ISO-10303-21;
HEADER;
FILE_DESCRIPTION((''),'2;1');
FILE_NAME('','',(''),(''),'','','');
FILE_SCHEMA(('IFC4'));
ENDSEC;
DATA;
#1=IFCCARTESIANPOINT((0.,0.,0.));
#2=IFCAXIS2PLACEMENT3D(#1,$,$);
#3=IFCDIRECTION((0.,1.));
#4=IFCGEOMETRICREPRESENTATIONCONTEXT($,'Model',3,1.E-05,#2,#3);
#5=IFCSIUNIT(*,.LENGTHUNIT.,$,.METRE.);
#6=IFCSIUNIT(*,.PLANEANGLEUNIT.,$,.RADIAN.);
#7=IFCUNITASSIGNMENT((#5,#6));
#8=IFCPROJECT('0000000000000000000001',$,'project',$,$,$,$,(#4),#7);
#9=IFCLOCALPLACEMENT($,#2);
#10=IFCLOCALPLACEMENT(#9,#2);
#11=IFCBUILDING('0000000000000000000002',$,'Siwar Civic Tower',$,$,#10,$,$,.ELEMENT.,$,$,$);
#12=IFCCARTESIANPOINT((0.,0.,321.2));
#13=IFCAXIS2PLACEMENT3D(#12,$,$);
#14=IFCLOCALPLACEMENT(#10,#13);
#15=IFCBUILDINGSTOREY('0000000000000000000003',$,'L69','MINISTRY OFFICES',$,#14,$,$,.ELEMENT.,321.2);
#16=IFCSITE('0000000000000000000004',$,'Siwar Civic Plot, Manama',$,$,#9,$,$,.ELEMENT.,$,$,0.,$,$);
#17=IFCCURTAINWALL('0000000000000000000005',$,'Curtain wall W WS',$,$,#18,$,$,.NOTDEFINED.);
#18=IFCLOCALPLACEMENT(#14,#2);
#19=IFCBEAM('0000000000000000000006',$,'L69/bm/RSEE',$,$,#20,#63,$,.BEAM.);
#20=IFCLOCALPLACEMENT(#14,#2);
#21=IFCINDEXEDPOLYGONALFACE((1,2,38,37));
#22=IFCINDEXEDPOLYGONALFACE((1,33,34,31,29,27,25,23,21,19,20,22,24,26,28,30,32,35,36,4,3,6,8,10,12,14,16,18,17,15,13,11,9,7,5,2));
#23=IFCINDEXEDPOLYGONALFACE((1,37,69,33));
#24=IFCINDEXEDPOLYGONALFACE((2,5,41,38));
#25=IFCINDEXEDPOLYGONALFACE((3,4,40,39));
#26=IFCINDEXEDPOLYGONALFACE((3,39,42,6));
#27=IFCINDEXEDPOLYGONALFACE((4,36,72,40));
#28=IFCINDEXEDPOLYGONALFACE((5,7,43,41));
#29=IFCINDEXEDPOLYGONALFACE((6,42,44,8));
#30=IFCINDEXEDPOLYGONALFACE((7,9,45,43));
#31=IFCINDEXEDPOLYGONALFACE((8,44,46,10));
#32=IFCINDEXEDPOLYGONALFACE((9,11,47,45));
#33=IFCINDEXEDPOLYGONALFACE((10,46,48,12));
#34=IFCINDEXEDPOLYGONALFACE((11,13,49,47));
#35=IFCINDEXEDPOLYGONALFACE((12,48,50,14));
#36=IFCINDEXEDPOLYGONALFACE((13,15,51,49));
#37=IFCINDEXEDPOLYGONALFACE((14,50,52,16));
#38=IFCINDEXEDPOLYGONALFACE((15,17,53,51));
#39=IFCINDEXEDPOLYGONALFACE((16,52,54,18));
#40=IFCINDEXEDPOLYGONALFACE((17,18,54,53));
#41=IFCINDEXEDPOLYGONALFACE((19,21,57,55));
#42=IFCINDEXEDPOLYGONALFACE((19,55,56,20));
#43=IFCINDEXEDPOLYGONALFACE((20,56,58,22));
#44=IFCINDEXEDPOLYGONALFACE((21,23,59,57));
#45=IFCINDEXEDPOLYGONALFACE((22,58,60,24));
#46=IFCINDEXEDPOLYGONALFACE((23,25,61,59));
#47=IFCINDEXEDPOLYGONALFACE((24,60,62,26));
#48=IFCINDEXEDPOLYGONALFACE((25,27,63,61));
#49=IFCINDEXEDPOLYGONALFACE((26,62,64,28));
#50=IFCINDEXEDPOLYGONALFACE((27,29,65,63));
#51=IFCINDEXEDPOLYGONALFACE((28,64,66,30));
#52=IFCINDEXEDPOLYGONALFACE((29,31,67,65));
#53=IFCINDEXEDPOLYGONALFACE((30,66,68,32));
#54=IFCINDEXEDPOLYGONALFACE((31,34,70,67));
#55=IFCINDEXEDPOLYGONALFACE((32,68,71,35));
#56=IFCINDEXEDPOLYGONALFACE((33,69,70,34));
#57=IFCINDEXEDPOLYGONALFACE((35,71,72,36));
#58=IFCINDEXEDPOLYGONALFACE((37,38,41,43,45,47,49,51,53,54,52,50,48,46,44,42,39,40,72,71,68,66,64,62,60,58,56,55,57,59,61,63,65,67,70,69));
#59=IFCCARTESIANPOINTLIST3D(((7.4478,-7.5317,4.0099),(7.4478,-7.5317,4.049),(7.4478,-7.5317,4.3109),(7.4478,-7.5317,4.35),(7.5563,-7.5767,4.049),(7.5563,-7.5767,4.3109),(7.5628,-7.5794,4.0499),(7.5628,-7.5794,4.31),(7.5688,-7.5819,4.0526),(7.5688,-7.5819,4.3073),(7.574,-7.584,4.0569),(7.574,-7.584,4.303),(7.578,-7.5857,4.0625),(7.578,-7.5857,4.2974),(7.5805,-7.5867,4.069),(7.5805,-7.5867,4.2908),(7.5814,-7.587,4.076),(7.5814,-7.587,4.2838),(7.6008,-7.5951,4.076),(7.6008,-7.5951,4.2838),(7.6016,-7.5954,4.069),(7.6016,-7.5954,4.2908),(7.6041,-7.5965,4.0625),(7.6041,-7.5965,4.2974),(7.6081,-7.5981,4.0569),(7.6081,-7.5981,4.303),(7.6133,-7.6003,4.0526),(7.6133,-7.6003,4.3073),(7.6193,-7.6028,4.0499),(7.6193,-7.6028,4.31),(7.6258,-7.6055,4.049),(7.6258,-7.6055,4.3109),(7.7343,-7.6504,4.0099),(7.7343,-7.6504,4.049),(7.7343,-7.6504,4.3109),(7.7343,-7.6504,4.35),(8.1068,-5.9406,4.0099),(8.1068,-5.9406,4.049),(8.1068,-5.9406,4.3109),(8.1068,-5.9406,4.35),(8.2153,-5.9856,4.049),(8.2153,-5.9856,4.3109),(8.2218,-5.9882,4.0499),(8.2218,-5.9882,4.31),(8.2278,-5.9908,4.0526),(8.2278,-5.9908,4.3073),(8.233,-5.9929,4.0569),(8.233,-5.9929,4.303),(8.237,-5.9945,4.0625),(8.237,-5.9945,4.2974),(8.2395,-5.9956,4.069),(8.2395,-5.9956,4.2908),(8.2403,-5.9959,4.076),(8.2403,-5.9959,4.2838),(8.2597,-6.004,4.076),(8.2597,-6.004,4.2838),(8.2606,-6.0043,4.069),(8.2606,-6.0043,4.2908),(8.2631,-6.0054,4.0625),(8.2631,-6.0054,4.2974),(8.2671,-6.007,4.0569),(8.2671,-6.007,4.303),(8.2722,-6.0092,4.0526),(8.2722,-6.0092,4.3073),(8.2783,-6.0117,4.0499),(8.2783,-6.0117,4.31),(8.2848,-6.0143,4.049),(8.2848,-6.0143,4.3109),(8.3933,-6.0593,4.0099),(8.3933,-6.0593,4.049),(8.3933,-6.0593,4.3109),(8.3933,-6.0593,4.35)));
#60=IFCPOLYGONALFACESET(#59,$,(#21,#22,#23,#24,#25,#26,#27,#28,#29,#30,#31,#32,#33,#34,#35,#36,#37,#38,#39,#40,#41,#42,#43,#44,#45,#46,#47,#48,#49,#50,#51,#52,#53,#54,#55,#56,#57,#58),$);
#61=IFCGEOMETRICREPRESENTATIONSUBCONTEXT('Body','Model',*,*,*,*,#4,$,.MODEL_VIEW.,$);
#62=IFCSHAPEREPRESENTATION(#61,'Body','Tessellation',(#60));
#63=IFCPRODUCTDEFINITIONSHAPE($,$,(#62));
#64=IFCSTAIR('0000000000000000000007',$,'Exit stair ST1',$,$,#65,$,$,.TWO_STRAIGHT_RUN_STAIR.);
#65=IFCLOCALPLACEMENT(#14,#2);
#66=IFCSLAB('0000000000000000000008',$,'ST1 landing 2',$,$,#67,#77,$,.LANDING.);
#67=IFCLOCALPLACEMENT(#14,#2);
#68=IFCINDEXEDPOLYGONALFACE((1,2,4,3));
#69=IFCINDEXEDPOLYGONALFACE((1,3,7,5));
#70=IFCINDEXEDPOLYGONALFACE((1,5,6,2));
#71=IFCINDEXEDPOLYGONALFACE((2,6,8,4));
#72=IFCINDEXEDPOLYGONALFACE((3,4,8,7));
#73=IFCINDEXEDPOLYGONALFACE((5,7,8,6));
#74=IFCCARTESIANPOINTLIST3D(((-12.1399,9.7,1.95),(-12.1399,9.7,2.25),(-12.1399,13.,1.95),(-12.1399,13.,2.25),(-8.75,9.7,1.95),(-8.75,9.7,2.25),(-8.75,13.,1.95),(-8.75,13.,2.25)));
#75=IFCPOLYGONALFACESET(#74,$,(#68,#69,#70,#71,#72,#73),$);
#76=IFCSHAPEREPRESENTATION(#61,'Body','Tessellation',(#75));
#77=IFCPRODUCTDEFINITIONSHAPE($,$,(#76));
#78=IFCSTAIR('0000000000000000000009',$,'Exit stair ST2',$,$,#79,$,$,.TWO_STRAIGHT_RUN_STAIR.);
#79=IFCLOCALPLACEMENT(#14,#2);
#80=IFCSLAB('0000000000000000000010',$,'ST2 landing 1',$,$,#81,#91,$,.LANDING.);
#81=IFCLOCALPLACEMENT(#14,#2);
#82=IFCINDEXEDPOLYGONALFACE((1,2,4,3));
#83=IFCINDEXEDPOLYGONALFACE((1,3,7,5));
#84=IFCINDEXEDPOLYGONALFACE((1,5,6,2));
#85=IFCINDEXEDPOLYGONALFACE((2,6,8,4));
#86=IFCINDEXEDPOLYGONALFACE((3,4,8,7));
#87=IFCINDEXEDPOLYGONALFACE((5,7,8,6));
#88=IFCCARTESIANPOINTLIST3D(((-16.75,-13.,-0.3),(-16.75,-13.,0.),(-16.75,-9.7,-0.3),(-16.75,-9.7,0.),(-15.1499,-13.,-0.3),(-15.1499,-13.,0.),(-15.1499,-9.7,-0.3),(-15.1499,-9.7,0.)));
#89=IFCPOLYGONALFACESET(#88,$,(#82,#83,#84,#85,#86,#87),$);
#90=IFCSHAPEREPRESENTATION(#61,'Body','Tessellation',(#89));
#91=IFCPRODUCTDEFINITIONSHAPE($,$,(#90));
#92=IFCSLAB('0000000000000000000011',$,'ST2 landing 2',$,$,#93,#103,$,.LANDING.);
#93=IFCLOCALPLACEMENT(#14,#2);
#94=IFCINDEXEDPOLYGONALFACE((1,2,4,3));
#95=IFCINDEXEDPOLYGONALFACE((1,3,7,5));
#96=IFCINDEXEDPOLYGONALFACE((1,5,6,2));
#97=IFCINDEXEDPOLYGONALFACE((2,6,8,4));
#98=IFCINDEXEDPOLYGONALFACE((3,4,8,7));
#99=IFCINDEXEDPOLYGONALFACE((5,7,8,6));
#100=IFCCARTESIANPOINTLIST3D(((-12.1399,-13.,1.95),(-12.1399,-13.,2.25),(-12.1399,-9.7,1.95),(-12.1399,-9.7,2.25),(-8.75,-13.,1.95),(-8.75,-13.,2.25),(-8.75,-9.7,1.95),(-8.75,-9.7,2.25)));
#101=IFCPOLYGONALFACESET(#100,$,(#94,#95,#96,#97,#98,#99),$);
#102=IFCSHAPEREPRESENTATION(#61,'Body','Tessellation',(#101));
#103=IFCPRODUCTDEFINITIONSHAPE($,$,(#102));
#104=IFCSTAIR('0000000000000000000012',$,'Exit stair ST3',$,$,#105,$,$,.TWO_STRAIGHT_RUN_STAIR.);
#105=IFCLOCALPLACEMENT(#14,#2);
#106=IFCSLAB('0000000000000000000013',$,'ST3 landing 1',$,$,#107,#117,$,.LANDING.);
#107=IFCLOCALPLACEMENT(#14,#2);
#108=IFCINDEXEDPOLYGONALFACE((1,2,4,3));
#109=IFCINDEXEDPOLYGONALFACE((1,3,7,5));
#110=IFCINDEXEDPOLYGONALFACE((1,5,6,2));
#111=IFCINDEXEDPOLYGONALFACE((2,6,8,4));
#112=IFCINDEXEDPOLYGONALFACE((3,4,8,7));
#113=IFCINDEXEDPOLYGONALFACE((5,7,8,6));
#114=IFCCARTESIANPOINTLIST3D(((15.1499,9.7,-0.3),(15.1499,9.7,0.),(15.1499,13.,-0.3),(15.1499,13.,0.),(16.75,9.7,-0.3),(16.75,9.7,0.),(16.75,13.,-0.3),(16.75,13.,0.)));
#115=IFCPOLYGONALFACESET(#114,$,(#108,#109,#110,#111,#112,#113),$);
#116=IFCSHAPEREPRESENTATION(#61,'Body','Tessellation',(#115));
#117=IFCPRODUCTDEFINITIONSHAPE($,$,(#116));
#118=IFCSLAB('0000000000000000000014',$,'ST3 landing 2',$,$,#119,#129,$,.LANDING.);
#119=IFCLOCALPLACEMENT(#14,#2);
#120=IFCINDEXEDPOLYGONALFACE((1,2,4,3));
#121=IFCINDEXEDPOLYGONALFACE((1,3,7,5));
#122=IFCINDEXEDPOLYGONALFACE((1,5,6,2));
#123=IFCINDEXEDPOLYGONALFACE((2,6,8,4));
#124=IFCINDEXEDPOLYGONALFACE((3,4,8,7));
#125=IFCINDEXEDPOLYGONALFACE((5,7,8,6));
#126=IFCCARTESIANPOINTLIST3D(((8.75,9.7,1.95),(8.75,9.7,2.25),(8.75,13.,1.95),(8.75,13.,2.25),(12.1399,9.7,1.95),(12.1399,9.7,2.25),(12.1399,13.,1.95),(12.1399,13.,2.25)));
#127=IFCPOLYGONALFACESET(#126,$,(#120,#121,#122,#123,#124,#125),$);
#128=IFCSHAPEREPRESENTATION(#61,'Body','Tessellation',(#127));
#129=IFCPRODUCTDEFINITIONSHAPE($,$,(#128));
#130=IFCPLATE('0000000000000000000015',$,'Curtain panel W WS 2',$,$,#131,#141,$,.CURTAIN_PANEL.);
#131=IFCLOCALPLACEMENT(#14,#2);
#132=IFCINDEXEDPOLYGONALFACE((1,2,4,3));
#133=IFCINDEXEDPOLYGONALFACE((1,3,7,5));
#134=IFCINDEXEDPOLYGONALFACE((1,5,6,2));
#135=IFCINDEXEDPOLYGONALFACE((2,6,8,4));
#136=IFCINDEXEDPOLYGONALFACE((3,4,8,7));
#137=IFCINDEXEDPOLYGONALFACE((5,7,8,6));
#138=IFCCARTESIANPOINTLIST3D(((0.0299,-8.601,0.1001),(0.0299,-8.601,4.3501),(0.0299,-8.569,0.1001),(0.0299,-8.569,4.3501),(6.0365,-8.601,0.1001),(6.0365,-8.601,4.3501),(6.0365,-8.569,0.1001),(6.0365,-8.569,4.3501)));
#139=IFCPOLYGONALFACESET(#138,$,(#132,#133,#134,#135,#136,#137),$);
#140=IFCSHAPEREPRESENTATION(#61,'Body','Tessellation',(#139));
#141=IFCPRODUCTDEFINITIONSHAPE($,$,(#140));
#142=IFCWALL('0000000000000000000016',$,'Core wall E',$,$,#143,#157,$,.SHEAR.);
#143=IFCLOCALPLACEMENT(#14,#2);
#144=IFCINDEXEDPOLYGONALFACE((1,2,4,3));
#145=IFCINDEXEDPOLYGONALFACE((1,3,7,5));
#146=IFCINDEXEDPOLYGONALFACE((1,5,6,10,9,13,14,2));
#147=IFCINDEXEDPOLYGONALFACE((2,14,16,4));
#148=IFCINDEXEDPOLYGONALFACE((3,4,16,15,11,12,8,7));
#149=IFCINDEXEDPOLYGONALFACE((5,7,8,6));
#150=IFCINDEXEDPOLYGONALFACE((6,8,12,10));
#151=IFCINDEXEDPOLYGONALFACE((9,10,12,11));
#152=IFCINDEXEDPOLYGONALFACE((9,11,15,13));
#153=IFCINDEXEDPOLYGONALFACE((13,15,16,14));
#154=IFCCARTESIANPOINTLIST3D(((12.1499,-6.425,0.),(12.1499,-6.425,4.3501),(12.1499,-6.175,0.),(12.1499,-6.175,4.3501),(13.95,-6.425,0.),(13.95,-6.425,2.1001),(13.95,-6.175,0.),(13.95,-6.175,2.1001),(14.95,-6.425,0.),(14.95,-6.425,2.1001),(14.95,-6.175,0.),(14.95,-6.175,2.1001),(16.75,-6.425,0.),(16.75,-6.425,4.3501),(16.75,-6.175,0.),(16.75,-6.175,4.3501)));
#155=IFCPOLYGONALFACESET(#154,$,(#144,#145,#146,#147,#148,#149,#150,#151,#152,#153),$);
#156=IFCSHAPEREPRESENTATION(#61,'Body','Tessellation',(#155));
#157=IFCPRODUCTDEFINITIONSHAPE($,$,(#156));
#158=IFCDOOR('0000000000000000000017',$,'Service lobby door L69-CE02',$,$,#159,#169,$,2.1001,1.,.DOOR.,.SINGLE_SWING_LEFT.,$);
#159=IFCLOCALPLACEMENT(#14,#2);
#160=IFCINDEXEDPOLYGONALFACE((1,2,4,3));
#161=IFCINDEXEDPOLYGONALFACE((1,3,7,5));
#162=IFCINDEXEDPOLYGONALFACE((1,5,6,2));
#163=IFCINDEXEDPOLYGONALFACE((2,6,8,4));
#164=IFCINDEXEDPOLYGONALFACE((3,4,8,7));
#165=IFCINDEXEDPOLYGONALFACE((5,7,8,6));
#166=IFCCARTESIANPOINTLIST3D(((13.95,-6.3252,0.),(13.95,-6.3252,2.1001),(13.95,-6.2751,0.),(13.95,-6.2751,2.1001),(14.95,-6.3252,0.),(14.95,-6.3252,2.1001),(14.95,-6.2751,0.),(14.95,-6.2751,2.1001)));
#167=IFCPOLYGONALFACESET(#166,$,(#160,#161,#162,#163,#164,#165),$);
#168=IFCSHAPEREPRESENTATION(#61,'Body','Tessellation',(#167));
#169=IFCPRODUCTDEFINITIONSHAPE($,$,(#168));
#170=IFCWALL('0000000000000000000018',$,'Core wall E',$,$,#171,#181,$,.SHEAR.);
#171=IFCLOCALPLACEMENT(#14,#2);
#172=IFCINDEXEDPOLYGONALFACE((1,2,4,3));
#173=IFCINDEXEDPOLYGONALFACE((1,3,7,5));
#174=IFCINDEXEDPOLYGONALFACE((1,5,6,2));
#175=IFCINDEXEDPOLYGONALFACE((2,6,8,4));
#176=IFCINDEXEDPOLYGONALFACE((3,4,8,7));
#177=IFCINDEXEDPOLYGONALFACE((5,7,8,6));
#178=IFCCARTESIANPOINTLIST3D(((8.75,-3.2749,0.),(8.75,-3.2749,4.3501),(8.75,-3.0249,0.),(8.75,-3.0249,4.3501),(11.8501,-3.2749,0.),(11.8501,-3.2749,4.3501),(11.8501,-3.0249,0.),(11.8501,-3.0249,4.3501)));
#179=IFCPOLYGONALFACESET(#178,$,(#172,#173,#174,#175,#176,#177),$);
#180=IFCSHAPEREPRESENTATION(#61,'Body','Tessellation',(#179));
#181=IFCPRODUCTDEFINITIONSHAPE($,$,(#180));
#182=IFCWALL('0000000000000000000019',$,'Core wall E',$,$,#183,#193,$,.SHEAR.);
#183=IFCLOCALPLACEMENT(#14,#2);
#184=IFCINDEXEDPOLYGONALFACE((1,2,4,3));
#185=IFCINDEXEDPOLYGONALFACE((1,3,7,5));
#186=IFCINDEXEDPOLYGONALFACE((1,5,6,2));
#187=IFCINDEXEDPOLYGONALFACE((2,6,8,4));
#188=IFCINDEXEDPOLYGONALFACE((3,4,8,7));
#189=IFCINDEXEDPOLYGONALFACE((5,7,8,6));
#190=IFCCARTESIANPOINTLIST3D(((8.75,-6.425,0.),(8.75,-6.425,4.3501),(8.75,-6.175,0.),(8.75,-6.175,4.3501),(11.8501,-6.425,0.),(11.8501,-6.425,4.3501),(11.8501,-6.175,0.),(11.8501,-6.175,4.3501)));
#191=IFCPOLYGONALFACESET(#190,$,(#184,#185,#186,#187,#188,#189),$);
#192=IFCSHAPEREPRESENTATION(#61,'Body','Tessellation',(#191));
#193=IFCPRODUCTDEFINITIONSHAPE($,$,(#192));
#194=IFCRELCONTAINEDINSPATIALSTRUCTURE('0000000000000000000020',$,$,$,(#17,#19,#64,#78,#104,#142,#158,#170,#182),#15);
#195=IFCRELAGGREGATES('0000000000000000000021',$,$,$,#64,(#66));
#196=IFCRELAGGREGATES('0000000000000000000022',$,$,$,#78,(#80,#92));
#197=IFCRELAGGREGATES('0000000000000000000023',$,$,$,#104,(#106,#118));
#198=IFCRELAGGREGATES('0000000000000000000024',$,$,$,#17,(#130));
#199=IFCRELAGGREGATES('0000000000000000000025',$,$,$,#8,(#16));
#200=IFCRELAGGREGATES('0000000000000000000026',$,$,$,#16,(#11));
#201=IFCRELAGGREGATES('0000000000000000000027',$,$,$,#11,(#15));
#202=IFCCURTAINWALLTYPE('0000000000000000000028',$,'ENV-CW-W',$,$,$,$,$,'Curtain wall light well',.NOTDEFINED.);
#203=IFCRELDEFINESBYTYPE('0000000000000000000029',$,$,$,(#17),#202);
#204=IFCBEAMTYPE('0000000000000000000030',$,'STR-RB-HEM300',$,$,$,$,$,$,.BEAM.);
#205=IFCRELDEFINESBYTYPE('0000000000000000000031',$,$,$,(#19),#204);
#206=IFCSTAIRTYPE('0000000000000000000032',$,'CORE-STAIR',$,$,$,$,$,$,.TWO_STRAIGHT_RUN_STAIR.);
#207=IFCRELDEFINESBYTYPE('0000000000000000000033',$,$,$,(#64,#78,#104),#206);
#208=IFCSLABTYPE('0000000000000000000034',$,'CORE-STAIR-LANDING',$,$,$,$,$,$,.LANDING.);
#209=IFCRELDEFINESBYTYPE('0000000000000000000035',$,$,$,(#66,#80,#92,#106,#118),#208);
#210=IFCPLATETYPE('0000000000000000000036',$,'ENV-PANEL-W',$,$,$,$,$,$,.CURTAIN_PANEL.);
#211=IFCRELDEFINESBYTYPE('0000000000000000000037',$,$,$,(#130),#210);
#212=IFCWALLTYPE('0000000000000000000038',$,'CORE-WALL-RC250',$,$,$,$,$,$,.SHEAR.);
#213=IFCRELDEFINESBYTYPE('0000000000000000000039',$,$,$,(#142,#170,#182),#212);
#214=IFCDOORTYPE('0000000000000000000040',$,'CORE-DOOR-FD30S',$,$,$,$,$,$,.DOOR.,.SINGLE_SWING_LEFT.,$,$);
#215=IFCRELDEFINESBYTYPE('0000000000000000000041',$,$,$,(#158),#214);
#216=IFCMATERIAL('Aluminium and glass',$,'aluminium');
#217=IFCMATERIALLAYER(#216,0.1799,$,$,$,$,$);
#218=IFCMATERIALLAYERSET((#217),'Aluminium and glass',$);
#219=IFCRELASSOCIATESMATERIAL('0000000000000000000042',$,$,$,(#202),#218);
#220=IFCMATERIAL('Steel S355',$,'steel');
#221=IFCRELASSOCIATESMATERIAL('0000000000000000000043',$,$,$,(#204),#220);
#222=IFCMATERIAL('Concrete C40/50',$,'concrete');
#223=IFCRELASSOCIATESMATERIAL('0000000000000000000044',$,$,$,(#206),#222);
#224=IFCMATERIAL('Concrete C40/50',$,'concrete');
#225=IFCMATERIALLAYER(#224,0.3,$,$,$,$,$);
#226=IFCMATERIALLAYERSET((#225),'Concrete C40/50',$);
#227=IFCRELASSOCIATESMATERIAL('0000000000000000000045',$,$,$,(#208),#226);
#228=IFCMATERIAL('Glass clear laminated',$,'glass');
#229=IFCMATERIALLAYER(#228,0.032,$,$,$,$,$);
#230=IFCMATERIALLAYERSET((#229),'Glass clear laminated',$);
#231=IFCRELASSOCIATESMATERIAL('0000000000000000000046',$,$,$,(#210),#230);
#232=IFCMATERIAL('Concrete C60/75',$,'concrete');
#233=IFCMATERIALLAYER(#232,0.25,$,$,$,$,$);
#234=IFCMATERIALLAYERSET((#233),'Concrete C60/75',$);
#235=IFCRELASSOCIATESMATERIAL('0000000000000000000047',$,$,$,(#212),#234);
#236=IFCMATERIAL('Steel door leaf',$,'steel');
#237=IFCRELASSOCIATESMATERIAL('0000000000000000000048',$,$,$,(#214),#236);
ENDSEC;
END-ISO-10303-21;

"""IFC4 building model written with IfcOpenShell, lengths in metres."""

from ifc_helpers import new_model, si_unit, direction, frame, frame_2d, origin, origin_2d, place, context, subcontext, project, spatial, polyline, rectangle, i_section, outline, extrude, material, layer, layer_set, material_profile, profile_set, type_object, element, fill, aggregate, save


model = new_model("IFC4")

# Units and contexts
model_context = context("Model", 3, precision=1e-05, world=origin(), true_north=direction((0.0, 1.0)))
body_context = subcontext(model_context, "Body", "Model", "MODEL_VIEW")
ifc_project = project(units=[si_unit("LENGTHUNIT", "METRE"), si_unit("PLANEANGLEUNIT", "RADIAN")], contexts=[model_context])

# Site, building, storey
site_placement = place(None, origin())
site = spatial("IfcSite", under=ifc_project, at=site_placement, Name="Siwar Civic Plot, Manama", CompositionType="ELEMENT", RefElevation=0.0)
building_placement = place(site_placement, origin())
building = spatial("IfcBuilding", under=site, at=building_placement, Name="Siwar Civic Tower", CompositionType="ELEMENT")
storey_placement = place(building_placement, frame((0.0, 0.0, 321.2)))
storey = spatial("IfcBuildingStorey", under=building, at=storey_placement, Name="L69", Description="MINISTRY OFFICES", CompositionType="ELEMENT", Elevation=321.2)

# Curtain wall
ifc_material_1 = material(Name="Aluminium and glass", Category="aluminium")
ifc_layer_1 = layer(ifc_material_1, 0.1799)
ifc_layer_set_1 = layer_set([ifc_layer_1], Name="Aluminium and glass")
curtain_wall_type = type_object("IfcCurtainWallType", Name="ENV-CW-W", ElementType="Curtain wall light well", PredefinedType="NOTDEFINED", material=ifc_layer_set_1)
curtain_wall_placement = place(storey_placement, origin())
curtain_wall = element("IfcCurtainWall", 1, at=curtain_wall_placement, inside=storey, type_object=curtain_wall_type, Name="Curtain wall W WS", PredefinedType="NOTDEFINED")

# Beam
ifc_material_2 = material(Name="Steel S355", Category="steel")
ifc_material_profile_1 = material_profile(ifc_material_2, i_section(OverallWidth=0.3101, OverallDepth=0.3401, WebThickness=0.021, FlangeThickness=0.0391, FilletRadius=0.0271, at=origin_2d()), Name="HEM300")
ifc_profile_set_1 = profile_set([ifc_material_profile_1], Name="Steel S355")
beam_type_1 = type_object("IfcBeamType", Name="STR-RB-HEM300", PredefinedType="BEAM", material=ifc_profile_set_1)
for number, where, z_axis, x_axis, name in (
    (2, (7.5911, -7.5911, 4.1799), (0.382631, 0.923901, 0.0), (-0.923901, 0.382631, 0.0), "L69/bm/RSEE"),
):
    element("IfcBeam", number, at=place(storey_placement, frame(where, z_axis=z_axis, x_axis=x_axis)), inside=storey, type_object=beam_type_1, Name=name, PredefinedType="BEAM", context=body_context, shape_type="SweptSolid", body=[
        extrude(i_section(OverallWidth=0.3101, OverallDepth=0.3401, WebThickness=0.021, FlangeThickness=0.0391, FilletRadius=0.0271, at=origin_2d()), origin(), (0.0, 0.0, 1.0), 1.7222),
    ])

# Stair, slab
ifc_material_3 = material(Name="Concrete C40/50", Category="concrete")
stair_type = type_object("IfcStairType", Name="CORE-STAIR", PredefinedType="TWO_STRAIGHT_RUN_STAIR", material=ifc_material_3)
stair_1_placement = place(storey_placement, origin())
stair_1 = element("IfcStair", 3, at=stair_1_placement, inside=storey, type_object=stair_type, Name="Exit stair ST1", PredefinedType="TWO_STRAIGHT_RUN_STAIR")
ifc_material_4 = material(Name="Concrete C40/50", Category="concrete")
ifc_layer_2 = layer(ifc_material_4, 0.3)
ifc_layer_set_2 = layer_set([ifc_layer_2], Name="Concrete C40/50")
slab_type = type_object("IfcSlabType", Name="CORE-STAIR-LANDING", PredefinedType="LANDING", material=ifc_layer_set_2)
slab_1_placement = place(storey_placement, frame((0.0, 0.0, 1.95)))
slab_1 = element("IfcSlab", 4, at=slab_1_placement, type_object=slab_type, Name="ST1 landing 2", PredefinedType="LANDING", context=body_context, shape_type="SweptSolid", body=[
    extrude(outline(polyline([(-8.75, 13.0), (-12.1399, 13.0), (-12.1399, 9.7), (-8.75, 9.7), (-8.75, 13.0)])), origin(), (0.0, 0.0, 1.0), 0.3),
])
aggregate(stair_1, [slab_1])

# Stairs, slabs
stair_2_placement = place(storey_placement, origin())
stair_2 = element("IfcStair", 5, at=stair_2_placement, inside=storey, type_object=stair_type, Name="Exit stair ST2", PredefinedType="TWO_STRAIGHT_RUN_STAIR")
slab_2_placement = place(storey_placement, frame((0.0, 0.0, -0.3)))
slab_2 = element("IfcSlab", 6, at=slab_2_placement, type_object=slab_type, Name="ST2 landing 1", PredefinedType="LANDING", context=body_context, shape_type="SweptSolid", body=[
    extrude(outline(polyline([(-15.1499, -9.7), (-16.75, -9.7), (-16.75, -13.0), (-15.1499, -13.0), (-15.1499, -9.7)])), origin(), (0.0, 0.0, 1.0), 0.3),
])
slab_3_placement = place(storey_placement, frame((0.0, 0.0, 1.95)))
slab_3 = element("IfcSlab", 7, at=slab_3_placement, type_object=slab_type, Name="ST2 landing 2", PredefinedType="LANDING", context=body_context, shape_type="SweptSolid", body=[
    extrude(outline(polyline([(-8.75, -9.7), (-12.1399, -9.7), (-12.1399, -13.0), (-8.75, -13.0), (-8.75, -9.7)])), origin(), (0.0, 0.0, 1.0), 0.3),
])
aggregate(stair_2, [slab_2, slab_3])
stair_3_placement = place(storey_placement, origin())
stair_3 = element("IfcStair", 8, at=stair_3_placement, inside=storey, type_object=stair_type, Name="Exit stair ST3", PredefinedType="TWO_STRAIGHT_RUN_STAIR")
slab_4_placement = place(storey_placement, frame((0.0, 0.0, -0.3)))
slab_4 = element("IfcSlab", 9, at=slab_4_placement, type_object=slab_type, Name="ST3 landing 1", PredefinedType="LANDING", context=body_context, shape_type="SweptSolid", body=[
    extrude(outline(polyline([(15.1499, 9.7), (16.75, 9.7), (16.75, 13.0), (15.1499, 13.0), (15.1499, 9.7)])), origin(), (0.0, 0.0, 1.0), 0.3),
])
slab_5_placement = place(storey_placement, frame((0.0, 0.0, 1.95)))
slab_5 = element("IfcSlab", 10, at=slab_5_placement, type_object=slab_type, Name="ST3 landing 2", PredefinedType="LANDING", context=body_context, shape_type="SweptSolid", body=[
    extrude(outline(polyline([(8.75, 9.7), (12.1399, 9.7), (12.1399, 13.0), (8.75, 13.0), (8.75, 9.7)])), origin(), (0.0, 0.0, 1.0), 0.3),
])
aggregate(stair_3, [slab_4, slab_5])

# Plate
ifc_material_5 = material(Name="Glass clear laminated", Category="glass")
ifc_layer_3 = layer(ifc_material_5, 0.032)
ifc_layer_set_3 = layer_set([ifc_layer_3], Name="Glass clear laminated")
plate_type = type_object("IfcPlateType", Name="ENV-PANEL-W", PredefinedType="CURTAIN_PANEL", material=ifc_layer_set_3)
plate_placement = place(storey_placement, frame((3.0332, -8.585, 0.1001), z_axis=(0.0, 0.0, 1.0), x_axis=(1.0, 0.0, 0.0)))
plate = element("IfcPlate", 11, at=plate_placement, type_object=plate_type, Name="Curtain panel W WS 2", PredefinedType="CURTAIN_PANEL", context=body_context, shape_type="SweptSolid", body=[
    extrude(rectangle(XDim=6.0066, YDim=0.032, at=origin_2d()), origin(), (0.0, 0.0, 1.0), 4.25),
])
aggregate(curtain_wall, [plate])

# Wall, opening, door
ifc_material_6 = material(Name="Concrete C60/75", Category="concrete")
ifc_layer_4 = layer(ifc_material_6, 0.25)
ifc_layer_set_4 = layer_set([ifc_layer_4], Name="Concrete C60/75")
wall_type_1 = type_object("IfcWallType", Name="CORE-WALL-RC250", PredefinedType="SHEAR", material=ifc_layer_set_4)
wall_1_placement = place(storey_placement, frame((12.1499, -6.3, 0.0), z_axis=(0.0, 0.0, 1.0), x_axis=(1.0, 0.0, 0.0)))
wall_1 = element("IfcWall", 12, at=wall_1_placement, inside=storey, type_object=wall_type_1, Name="Core wall E", PredefinedType="SHEAR", context=body_context, shape_type="SweptSolid", body=[
    extrude(rectangle(XDim=4.6001, YDim=0.25, at=frame_2d((2.3, 0.0))), origin(), (0.0, 0.0, 1.0), 4.3501),
])
opening_1_placement = place(wall_1_placement, frame((1.8, 0.0, 0.0)))
opening_1 = element("IfcOpeningElement", 13, at=opening_1_placement, cuts=wall_1, PredefinedType="OPENING", context=body_context, shape_type="SweptSolid", body=[
    extrude(rectangle(XDim=1.0, YDim=2.1001, at=frame_2d((0.5, 1.05))), frame((0.0, 0.135, 0.0), z_axis=(0.0, -1.0, 0.0), x_axis=(1.0, 0.0, 0.0)), (0.0, 0.0, 1.0), 0.27),
])
ifc_material_7 = material(Name="Steel door leaf", Category="steel")
door_type_1 = type_object("IfcDoorType", Name="CORE-DOOR-FD30S", OperationType="SINGLE_SWING_LEFT", PredefinedType="DOOR", material=ifc_material_7)
door_1_placement = place(opening_1_placement, origin())
door_1 = element("IfcDoor", 14, at=door_1_placement, inside=storey, type_object=door_type_1, Name="Service lobby door L69-CE02", OperationType="SINGLE_SWING_LEFT", OverallHeight=2.1001, OverallWidth=1.0, PredefinedType="DOOR", context=body_context, shape_type="SweptSolid", body=[
    extrude(rectangle(XDim=1.0, YDim=2.1001, at=frame_2d((0.5, 1.05))), frame((0.0, 0.0249, 0.0), z_axis=(0.0, -1.0, 0.0), x_axis=(1.0, 0.0, 0.0)), (0.0, 0.0, 1.0), 0.05),
])
fill(opening_1, door_1)

# Walls
for number, where, z_axis, x_axis, name in (
    (15, (8.75, -3.1499, 0.0), (0.0, 0.0, 1.0), (1.0, 0.0, 0.0), "Core wall E"),
    (16, (8.75, -6.3, 0.0), (0.0, 0.0, 1.0), (1.0, 0.0, 0.0), "Core wall E"),
):
    element("IfcWall", number, at=place(storey_placement, frame(where, z_axis=z_axis, x_axis=x_axis)), inside=storey, type_object=wall_type_1, Name=name, PredefinedType="SHEAR", context=body_context, shape_type="SweptSolid", body=[
        extrude(rectangle(XDim=3.1001, YDim=0.25, at=frame_2d((1.55, 0.0))), origin(), (0.0, 0.0, 1.0), 4.3501),
    ])

save(model, "model.ifc")
